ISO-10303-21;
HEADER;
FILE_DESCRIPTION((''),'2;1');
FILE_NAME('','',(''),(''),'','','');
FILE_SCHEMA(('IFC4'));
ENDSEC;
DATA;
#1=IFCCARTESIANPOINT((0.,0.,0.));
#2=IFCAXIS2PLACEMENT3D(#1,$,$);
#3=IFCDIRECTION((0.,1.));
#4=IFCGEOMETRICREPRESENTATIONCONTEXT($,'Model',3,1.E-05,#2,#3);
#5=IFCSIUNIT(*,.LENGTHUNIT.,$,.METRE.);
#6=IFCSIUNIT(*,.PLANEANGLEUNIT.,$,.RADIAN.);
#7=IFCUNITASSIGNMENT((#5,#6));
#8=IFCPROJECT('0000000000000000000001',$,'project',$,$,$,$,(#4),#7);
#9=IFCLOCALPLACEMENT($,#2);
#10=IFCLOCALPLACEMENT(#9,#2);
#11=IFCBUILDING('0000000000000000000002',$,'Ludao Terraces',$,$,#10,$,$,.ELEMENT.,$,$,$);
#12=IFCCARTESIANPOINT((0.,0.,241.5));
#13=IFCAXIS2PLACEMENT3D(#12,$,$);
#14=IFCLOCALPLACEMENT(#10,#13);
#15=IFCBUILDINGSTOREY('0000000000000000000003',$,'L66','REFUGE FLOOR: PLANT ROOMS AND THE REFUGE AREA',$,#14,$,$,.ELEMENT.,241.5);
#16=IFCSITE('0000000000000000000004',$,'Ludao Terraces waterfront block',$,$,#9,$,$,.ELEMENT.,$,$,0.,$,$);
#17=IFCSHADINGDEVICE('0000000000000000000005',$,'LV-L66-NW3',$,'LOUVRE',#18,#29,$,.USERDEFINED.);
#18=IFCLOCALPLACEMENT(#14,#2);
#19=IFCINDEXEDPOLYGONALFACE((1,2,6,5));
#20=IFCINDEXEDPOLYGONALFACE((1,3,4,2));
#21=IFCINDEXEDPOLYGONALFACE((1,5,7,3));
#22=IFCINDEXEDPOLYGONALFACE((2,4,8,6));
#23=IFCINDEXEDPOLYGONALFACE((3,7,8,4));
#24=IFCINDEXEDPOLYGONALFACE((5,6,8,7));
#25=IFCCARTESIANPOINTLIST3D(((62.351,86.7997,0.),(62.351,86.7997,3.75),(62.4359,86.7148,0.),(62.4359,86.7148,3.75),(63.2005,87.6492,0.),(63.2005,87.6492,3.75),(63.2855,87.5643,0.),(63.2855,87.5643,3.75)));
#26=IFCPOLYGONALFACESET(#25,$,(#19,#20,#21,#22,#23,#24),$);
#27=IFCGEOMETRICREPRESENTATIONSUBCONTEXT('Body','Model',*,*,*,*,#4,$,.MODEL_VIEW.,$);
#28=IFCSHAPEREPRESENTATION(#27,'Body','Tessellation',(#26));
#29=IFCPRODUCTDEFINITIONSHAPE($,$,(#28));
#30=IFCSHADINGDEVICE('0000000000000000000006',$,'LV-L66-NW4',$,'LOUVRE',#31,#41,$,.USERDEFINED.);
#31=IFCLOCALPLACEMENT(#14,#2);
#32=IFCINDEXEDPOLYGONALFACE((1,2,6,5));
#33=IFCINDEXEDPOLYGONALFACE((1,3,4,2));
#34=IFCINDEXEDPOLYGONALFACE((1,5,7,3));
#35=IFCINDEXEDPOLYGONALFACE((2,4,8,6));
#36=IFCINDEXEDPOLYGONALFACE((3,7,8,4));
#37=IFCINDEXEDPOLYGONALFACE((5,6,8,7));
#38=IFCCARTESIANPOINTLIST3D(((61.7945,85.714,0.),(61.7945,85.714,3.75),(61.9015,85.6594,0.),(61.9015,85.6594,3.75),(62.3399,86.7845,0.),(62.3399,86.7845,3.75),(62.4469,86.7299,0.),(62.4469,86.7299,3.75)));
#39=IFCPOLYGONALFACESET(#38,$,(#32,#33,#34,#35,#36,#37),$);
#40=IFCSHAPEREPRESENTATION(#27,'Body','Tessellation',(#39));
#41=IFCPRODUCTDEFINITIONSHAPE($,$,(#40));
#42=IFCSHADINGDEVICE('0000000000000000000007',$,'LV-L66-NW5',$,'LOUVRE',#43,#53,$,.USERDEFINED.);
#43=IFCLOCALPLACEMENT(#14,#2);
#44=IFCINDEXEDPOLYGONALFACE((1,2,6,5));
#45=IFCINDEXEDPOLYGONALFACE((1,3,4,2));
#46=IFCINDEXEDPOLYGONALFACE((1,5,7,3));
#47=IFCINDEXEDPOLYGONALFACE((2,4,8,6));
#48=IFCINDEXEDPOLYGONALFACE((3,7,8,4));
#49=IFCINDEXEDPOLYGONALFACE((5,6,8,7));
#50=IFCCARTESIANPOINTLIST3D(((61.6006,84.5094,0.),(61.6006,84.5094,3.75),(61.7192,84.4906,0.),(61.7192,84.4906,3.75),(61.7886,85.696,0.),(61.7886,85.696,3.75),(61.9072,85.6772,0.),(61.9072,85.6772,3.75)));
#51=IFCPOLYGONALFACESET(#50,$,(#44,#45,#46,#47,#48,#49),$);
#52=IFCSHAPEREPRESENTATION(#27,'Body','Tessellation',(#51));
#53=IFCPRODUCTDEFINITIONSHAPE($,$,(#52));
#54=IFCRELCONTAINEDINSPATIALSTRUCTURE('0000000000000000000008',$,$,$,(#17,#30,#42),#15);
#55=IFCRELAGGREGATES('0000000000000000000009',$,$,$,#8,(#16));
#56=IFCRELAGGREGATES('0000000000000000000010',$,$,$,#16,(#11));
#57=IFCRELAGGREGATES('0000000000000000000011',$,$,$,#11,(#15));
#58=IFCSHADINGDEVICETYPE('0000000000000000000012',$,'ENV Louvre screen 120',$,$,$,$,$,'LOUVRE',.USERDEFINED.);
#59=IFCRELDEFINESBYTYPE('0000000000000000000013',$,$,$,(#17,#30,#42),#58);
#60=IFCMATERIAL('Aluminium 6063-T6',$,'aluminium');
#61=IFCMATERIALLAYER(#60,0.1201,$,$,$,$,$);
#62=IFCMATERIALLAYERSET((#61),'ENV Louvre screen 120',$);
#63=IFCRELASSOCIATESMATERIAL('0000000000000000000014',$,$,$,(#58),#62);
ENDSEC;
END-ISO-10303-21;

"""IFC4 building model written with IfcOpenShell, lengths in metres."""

from ifc_helpers import new_model, si_unit, direction, frame, frame_2d, origin, place, context, subcontext, project, spatial, rectangle, extrude, material, layer, layer_set, type_object, element, save


model = new_model("IFC4")

# Units and contexts
model_context = context("Model", 3, precision=1e-05, world=origin(), true_north=direction((0.0, 1.0)))
body_context = subcontext(model_context, "Body", "Model", "MODEL_VIEW")
ifc_project = project(units=[si_unit("LENGTHUNIT", "METRE"), si_unit("PLANEANGLEUNIT", "RADIAN")], contexts=[model_context])

# Site, building, storey
site_placement = place(None, origin())
site = spatial("IfcSite", under=ifc_project, at=site_placement, Name="Ludao Terraces waterfront block", CompositionType="ELEMENT", RefElevation=0.0)
building_placement = place(site_placement, origin())
building = spatial("IfcBuilding", under=site, at=building_placement, Name="Ludao Terraces", CompositionType="ELEMENT")
storey_placement = place(building_placement, frame((0.0, 0.0, 241.5)))
storey = spatial("IfcBuildingStorey", under=building, at=storey_placement, Name="L66", Description="REFUGE FLOOR: PLANT ROOMS AND THE REFUGE AREA", CompositionType="ELEMENT", Elevation=241.5)

# Shading devices
ifc_material_1 = material(Name="Aluminium 6063-T6", Category="aluminium")
ifc_layer_1 = layer(ifc_material_1, 0.1201)
ifc_layer_set_1 = layer_set([ifc_layer_1], Name="ENV Louvre screen 120")
shading_device_type = type_object("IfcShadingDeviceType", Name="ENV Louvre screen 120", ElementType="LOUVRE", PredefinedType="USERDEFINED", material=ifc_layer_set_1)
for number, where, z_axis, x_axis, name in (
    (1, (63.2429, 87.6067, 0.0), (0.0, 0.0, 1.0), (-0.707107, -0.707107, 0.0), "LV-L66-NW3"),
    (2, (62.3933, 86.7571, 0.0), (0.0, 0.0, 1.0), (-0.453947, -0.891029, 0.0), "LV-L66-NW4"),
    (3, (61.8479, 85.6865, 0.0), (0.0, 0.0, 1.0), (-0.156484, -0.98768, 0.0), "LV-L66-NW5"),
):
    element("IfcShadingDevice", number, at=place(storey_placement, frame(where, z_axis=z_axis, x_axis=x_axis)), inside=storey, type_object=shading_device_type, Name=name, ObjectType="LOUVRE", PredefinedType="USERDEFINED", context=body_context, shape_type="SweptSolid", body=[
        extrude(rectangle(XDim=1.2014, YDim=0.1201, at=frame_2d((0.6006, 0.0))), origin(), (0.0, 0.0, 1.0), 3.75),
    ])

save(model, "model.ifc")
